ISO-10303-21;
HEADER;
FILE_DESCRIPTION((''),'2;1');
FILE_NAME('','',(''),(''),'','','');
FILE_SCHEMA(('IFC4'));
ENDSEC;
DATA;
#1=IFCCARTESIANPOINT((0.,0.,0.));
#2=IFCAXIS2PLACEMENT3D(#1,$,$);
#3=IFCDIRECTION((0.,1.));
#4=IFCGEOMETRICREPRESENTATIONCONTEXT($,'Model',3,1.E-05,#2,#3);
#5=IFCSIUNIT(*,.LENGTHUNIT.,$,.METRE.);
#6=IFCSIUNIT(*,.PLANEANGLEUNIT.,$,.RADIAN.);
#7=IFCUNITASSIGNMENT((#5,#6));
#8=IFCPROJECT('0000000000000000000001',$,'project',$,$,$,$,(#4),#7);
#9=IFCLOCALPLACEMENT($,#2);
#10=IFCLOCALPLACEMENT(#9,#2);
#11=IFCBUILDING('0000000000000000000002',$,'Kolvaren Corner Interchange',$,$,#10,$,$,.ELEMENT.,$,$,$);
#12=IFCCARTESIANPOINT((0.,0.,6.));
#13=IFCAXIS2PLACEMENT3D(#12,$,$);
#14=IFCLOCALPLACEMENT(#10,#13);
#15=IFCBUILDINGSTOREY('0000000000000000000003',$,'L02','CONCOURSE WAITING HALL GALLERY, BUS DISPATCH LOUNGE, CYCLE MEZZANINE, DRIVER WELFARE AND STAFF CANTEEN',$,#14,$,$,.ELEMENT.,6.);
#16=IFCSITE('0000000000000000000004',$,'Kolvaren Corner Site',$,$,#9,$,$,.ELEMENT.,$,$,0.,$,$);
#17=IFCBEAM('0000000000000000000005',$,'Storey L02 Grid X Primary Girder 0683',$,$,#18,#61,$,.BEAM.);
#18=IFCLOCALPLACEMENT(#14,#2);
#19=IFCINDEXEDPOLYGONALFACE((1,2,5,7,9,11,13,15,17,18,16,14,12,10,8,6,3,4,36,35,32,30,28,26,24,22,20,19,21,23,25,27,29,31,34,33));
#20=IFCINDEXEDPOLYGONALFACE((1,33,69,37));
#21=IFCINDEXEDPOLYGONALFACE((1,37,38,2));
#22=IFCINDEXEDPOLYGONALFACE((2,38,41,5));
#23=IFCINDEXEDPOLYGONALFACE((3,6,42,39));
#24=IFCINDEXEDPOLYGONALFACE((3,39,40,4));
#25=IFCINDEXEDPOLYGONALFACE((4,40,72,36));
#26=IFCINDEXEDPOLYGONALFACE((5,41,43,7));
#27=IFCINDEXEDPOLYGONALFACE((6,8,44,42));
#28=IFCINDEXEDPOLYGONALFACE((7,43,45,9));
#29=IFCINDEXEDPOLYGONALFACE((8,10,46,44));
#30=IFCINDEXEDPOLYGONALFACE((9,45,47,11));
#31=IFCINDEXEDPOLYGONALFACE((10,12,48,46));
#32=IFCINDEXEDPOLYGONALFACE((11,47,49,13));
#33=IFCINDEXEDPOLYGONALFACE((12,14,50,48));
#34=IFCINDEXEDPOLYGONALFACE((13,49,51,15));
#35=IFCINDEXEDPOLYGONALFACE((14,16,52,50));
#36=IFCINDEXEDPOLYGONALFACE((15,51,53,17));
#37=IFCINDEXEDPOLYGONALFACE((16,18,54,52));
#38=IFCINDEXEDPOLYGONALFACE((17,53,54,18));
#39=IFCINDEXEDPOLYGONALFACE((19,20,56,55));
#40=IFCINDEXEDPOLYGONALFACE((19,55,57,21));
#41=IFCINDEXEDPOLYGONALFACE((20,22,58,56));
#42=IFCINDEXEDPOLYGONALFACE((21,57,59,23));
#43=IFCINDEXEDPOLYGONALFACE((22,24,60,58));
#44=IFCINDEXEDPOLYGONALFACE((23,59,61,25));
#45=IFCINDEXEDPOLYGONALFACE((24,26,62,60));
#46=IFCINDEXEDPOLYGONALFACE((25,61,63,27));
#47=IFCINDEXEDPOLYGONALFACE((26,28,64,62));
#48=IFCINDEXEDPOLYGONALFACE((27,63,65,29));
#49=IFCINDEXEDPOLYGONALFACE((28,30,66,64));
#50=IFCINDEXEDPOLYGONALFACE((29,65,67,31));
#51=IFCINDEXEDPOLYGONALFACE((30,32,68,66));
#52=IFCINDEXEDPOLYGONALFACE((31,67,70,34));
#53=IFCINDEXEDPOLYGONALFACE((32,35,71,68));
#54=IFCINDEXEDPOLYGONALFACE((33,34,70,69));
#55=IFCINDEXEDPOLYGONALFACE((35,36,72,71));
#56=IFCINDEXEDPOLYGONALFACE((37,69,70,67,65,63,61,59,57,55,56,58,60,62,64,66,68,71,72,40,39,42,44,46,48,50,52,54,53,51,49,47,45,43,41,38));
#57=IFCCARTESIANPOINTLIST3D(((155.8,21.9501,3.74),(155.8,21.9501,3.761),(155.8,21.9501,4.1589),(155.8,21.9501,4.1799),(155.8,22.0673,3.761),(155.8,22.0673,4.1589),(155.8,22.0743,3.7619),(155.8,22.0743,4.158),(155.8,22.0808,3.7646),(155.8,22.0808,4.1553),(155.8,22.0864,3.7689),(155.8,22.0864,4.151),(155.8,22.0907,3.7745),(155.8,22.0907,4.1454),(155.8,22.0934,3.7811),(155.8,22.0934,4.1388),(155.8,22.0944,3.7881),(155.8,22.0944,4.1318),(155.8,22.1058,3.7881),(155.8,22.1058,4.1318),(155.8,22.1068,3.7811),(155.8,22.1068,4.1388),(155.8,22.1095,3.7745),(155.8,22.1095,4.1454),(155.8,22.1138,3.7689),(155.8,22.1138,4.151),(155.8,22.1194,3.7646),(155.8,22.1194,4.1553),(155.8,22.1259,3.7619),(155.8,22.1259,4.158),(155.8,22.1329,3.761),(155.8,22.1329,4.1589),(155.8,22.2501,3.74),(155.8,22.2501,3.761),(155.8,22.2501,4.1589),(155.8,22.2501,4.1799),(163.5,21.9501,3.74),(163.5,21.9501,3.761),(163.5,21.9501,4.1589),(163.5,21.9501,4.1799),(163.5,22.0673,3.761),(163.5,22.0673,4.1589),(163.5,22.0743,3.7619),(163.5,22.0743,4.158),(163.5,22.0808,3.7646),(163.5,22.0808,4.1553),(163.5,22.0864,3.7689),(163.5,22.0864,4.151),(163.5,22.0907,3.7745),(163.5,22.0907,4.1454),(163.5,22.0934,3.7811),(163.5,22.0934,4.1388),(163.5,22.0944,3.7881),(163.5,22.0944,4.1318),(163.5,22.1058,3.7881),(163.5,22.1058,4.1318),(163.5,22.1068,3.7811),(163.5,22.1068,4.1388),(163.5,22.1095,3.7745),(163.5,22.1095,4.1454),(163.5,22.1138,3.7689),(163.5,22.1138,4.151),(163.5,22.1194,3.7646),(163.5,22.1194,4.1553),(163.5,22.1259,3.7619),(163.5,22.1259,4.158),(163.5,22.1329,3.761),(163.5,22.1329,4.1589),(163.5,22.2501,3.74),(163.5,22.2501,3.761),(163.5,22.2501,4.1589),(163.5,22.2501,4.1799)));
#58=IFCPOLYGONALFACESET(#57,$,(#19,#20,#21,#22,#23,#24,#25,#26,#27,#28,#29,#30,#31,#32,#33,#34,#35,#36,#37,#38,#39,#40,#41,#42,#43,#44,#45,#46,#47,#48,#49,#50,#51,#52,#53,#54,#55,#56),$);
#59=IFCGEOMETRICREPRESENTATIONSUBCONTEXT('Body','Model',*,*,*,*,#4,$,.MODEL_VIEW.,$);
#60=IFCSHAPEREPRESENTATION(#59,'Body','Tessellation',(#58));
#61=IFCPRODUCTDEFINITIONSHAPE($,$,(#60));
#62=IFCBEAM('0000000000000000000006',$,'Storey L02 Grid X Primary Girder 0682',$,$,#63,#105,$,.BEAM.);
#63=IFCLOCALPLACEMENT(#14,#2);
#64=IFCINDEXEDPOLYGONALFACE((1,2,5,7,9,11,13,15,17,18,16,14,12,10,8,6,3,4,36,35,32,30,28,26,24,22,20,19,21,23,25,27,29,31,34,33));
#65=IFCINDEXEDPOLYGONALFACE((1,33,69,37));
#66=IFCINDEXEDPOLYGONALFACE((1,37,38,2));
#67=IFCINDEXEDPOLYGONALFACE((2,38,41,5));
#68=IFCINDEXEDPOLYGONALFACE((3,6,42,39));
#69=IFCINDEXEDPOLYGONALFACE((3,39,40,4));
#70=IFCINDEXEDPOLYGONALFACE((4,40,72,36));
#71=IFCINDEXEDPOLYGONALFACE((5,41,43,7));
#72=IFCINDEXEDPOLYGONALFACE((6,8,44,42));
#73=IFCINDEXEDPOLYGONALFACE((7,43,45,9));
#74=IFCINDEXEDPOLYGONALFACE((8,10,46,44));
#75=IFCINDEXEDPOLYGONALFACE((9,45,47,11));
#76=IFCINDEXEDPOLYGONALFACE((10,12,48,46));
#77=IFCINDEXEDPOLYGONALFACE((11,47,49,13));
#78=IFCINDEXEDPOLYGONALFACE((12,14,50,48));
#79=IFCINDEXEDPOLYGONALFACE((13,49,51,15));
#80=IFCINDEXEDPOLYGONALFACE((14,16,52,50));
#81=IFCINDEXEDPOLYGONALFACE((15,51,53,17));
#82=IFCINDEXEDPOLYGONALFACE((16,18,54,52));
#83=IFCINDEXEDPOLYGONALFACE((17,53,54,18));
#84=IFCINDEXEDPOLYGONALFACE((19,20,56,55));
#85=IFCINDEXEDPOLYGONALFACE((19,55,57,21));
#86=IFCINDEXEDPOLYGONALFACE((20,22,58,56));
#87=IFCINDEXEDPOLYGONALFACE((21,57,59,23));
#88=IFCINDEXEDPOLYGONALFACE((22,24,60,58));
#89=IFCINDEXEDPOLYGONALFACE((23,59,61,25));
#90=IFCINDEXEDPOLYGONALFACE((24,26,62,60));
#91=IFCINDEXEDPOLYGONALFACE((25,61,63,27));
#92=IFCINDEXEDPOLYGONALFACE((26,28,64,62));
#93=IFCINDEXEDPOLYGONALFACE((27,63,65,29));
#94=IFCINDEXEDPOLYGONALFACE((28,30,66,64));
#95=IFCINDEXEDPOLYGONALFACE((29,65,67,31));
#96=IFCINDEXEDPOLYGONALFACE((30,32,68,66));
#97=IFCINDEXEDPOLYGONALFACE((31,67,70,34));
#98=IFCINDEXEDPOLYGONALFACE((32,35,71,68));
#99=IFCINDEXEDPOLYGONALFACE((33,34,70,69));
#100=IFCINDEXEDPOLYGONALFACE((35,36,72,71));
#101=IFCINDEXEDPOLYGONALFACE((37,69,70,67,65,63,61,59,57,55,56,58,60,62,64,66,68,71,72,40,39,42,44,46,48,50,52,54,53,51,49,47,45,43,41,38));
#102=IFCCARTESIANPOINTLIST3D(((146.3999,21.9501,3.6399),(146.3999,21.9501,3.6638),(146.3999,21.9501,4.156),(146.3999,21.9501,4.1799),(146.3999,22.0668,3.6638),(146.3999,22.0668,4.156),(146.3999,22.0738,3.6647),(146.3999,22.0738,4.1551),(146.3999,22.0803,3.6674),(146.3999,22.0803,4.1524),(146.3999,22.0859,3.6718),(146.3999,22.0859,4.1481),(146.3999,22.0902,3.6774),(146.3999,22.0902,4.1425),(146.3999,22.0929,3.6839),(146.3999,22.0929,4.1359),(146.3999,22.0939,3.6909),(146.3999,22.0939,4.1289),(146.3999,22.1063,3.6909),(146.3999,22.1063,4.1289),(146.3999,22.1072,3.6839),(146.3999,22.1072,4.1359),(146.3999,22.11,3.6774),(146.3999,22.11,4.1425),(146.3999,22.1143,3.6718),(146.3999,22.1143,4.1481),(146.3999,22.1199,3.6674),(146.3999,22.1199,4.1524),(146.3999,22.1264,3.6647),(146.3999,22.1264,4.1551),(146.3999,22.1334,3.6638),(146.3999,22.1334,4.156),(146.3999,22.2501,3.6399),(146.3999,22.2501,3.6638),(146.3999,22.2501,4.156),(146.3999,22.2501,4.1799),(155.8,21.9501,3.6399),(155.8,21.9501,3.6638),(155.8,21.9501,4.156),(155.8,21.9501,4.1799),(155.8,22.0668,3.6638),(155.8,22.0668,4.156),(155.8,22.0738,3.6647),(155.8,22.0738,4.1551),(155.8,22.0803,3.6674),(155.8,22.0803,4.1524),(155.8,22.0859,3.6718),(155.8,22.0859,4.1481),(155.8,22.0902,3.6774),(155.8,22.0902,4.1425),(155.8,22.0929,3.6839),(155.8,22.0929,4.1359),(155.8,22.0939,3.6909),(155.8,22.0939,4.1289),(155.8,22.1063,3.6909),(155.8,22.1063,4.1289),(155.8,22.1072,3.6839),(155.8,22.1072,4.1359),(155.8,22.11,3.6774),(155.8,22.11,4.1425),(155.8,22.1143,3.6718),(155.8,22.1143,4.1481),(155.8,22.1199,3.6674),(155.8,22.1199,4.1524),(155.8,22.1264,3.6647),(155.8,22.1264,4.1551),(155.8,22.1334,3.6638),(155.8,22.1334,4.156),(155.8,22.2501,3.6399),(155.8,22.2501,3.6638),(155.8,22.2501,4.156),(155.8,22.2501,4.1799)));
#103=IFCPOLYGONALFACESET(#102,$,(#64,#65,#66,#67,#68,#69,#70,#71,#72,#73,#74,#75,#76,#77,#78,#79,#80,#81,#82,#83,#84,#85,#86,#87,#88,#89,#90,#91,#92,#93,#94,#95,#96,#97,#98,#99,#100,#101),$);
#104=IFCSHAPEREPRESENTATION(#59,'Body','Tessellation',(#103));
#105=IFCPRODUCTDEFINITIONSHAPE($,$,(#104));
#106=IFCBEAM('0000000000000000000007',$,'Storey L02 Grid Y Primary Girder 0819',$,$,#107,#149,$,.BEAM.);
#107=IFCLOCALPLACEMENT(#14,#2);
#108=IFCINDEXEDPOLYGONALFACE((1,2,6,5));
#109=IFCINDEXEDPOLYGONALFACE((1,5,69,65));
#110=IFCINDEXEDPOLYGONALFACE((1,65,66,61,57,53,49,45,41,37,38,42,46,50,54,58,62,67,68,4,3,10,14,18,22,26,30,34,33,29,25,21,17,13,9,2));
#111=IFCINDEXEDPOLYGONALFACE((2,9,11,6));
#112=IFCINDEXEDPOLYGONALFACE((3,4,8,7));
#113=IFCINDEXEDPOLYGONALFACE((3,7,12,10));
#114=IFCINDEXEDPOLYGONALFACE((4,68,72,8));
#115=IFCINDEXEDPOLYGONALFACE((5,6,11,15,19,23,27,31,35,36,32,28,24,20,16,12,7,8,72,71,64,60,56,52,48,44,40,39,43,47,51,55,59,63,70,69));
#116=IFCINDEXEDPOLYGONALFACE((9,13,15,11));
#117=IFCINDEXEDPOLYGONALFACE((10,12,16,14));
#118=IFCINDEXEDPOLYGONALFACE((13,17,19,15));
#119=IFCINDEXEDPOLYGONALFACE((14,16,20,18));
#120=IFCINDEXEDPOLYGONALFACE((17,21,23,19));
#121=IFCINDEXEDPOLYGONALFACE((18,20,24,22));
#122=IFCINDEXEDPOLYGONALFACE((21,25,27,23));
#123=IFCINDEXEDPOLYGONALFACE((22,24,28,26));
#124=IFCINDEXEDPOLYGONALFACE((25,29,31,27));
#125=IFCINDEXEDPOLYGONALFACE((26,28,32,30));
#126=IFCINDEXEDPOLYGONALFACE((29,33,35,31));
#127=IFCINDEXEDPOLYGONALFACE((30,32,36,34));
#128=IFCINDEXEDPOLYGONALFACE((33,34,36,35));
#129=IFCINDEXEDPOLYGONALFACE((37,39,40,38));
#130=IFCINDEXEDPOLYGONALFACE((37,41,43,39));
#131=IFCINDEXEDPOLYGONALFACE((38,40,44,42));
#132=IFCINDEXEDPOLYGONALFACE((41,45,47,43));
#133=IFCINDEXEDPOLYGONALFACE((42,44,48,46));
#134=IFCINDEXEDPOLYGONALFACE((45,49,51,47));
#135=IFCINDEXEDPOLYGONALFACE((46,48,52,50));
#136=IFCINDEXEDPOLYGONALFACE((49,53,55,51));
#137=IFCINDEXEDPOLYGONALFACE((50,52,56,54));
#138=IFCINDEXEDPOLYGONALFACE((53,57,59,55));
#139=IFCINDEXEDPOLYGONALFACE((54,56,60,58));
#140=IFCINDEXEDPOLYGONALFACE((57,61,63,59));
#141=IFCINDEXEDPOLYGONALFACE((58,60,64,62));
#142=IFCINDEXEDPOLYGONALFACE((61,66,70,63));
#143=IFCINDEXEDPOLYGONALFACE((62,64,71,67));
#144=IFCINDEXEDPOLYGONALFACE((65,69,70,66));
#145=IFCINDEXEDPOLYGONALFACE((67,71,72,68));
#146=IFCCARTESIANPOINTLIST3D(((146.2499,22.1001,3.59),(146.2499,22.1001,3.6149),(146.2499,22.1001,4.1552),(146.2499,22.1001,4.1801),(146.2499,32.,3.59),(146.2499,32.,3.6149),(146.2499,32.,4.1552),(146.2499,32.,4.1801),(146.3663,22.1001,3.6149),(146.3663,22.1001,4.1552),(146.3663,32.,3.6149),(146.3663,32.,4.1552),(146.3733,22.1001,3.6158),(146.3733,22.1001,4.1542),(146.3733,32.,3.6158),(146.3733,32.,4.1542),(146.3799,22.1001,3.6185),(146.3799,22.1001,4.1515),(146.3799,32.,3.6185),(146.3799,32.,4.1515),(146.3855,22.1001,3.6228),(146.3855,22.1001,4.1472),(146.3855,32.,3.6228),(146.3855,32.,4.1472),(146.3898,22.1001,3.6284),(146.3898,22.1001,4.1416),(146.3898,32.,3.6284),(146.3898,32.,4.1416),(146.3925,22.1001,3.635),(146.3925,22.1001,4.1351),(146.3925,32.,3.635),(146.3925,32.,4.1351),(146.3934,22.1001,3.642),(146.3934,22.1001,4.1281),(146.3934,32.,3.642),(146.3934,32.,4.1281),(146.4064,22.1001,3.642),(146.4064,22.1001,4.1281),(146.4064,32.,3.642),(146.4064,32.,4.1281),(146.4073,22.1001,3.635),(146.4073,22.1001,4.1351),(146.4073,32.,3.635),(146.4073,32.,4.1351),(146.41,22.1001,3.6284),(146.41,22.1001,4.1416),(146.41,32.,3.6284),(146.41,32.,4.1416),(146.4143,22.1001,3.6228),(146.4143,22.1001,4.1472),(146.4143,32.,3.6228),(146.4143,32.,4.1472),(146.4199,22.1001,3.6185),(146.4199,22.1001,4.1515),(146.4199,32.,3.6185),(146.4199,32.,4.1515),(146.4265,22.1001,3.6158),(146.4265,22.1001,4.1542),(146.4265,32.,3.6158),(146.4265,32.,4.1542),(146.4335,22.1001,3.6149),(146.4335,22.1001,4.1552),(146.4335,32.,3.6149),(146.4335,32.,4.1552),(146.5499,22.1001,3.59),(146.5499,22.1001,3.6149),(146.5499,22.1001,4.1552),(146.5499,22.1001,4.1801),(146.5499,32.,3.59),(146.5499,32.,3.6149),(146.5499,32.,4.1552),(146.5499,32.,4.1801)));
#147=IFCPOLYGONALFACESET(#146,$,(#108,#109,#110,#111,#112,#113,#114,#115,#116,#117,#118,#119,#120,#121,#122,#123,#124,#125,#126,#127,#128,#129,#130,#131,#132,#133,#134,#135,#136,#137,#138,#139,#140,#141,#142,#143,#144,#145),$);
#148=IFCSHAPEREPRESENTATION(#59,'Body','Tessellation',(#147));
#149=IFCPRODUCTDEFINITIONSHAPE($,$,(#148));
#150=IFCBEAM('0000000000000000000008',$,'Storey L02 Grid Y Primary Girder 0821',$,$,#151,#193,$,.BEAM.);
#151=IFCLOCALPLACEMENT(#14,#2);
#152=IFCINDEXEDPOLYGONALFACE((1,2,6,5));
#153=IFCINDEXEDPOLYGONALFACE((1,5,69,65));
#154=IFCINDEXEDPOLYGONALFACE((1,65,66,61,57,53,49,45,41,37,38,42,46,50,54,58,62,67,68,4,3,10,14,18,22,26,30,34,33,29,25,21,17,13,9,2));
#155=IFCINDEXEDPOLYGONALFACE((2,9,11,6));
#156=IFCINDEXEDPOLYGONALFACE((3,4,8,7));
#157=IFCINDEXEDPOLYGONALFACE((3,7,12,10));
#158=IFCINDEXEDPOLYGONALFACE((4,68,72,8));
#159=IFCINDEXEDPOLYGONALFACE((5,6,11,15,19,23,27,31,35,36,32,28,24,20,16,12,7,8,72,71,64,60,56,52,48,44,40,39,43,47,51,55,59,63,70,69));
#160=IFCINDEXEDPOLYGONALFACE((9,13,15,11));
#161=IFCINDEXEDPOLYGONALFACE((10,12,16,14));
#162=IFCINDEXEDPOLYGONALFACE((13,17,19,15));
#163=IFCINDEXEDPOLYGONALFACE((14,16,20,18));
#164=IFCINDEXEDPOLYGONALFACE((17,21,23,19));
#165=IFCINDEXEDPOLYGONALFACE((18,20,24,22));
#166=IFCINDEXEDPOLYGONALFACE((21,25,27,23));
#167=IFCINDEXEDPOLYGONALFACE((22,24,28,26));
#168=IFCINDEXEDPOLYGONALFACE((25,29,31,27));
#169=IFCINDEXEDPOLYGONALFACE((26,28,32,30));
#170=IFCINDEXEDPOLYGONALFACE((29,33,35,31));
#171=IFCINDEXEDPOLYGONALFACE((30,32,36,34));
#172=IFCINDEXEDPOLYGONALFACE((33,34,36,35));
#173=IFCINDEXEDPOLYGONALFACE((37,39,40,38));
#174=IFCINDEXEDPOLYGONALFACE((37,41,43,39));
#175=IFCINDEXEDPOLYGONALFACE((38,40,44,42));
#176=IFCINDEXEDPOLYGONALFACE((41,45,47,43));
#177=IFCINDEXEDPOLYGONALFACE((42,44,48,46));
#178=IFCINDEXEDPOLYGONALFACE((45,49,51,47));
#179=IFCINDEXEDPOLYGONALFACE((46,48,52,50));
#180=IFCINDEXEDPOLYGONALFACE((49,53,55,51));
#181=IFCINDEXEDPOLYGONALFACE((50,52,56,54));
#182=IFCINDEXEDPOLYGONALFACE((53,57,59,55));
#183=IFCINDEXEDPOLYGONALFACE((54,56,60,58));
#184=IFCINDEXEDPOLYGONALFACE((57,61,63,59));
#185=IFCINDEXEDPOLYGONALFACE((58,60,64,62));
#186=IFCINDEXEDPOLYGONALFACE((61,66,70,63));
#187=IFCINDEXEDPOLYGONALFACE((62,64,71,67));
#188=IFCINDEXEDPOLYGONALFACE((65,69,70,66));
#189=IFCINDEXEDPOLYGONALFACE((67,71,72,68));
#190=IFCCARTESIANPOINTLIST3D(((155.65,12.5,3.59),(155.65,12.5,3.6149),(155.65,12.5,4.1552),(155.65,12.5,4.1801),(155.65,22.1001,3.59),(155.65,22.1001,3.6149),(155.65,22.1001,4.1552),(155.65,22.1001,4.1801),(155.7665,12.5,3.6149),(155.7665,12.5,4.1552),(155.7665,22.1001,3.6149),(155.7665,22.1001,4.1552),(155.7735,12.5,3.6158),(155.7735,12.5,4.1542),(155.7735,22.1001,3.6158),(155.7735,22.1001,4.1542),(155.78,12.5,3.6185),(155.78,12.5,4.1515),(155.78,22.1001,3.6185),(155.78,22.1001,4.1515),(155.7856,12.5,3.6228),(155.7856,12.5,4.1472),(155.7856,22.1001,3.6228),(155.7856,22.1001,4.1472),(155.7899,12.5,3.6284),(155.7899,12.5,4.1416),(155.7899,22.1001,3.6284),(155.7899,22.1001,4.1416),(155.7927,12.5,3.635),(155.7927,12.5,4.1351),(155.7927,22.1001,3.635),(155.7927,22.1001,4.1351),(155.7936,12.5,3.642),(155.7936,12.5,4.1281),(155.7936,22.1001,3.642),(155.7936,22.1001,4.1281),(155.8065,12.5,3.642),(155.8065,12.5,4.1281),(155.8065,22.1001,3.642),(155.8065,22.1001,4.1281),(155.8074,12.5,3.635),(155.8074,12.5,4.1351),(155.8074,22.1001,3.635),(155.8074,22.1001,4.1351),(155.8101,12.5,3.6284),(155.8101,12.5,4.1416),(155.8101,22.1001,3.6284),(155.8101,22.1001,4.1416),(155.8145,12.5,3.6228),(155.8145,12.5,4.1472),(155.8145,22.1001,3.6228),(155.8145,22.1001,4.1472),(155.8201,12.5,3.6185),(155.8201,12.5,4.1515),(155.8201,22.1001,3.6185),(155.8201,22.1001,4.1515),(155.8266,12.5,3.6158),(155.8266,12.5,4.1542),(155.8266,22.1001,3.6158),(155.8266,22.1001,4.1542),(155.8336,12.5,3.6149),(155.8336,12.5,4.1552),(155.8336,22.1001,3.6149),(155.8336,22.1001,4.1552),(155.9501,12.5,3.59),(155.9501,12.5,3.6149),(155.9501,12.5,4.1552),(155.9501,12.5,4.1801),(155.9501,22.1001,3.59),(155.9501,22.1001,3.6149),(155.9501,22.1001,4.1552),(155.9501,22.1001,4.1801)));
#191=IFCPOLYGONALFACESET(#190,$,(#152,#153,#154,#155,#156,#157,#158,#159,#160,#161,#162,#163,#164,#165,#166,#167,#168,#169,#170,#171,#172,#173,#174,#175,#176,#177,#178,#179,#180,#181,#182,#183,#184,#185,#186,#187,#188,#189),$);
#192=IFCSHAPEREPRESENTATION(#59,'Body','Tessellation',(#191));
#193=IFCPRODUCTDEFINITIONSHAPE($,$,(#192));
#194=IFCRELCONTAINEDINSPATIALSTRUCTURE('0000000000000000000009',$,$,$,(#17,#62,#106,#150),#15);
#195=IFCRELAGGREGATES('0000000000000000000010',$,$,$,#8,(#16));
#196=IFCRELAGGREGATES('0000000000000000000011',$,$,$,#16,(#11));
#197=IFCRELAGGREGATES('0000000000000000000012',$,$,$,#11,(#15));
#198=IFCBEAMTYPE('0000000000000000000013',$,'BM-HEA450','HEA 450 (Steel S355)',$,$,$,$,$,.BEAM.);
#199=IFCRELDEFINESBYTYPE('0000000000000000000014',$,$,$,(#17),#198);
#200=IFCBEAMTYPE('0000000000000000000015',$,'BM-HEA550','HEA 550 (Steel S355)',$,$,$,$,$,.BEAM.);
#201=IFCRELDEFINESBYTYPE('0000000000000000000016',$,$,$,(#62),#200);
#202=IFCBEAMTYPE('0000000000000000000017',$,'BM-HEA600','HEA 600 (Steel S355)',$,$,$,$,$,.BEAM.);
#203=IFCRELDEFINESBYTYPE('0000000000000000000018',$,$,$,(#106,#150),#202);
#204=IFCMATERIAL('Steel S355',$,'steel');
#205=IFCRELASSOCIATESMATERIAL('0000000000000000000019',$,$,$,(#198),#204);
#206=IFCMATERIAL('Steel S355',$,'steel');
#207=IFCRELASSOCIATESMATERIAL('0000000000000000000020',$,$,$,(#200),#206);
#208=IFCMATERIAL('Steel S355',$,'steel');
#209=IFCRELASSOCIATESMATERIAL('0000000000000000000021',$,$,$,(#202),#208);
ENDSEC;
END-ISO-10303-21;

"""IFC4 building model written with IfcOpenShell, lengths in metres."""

from ifc_helpers import new_model, si_unit, direction, frame, origin, origin_2d, place, context, subcontext, project, spatial, i_section, extrude, material, material_profile, profile_set, type_object, element, save


model = new_model("IFC4")

# Units and contexts
model_context = context("Model", 3, precision=1e-05, world=origin(), true_north=direction((0.0, 1.0)))
body_context = subcontext(model_context, "Body", "Model", "MODEL_VIEW")
ifc_project = project(units=[si_unit("LENGTHUNIT", "METRE"), si_unit("PLANEANGLEUNIT", "RADIAN")], contexts=[model_context])

# Site, building, storey
site_placement = place(None, origin())
site = spatial("IfcSite", under=ifc_project, at=site_placement, Name="Kolvaren Corner Site", CompositionType="ELEMENT", RefElevation=0.0)
building_placement = place(site_placement, origin())
building = spatial("IfcBuilding", under=site, at=building_placement, Name="Kolvaren Corner Interchange", CompositionType="ELEMENT")
storey_placement = place(building_placement, frame((0.0, 0.0, 6.0)))
storey = spatial("IfcBuildingStorey", under=building, at=storey_placement, Name="L02", Description="CONCOURSE WAITING HALL GALLERY, BUS DISPATCH LOUNGE, CYCLE MEZZANINE, DRIVER WELFARE AND STAFF CANTEEN", CompositionType="ELEMENT", Elevation=6.0)

# Beams
ifc_material_1 = material(Name="Steel S355", Category="steel")
ifc_material_profile_1 = material_profile(ifc_material_1, i_section(OverallWidth=0.3, OverallDepth=0.4399, WebThickness=0.0115, FlangeThickness=0.021, FilletRadius=0.0271, at=origin_2d()), Name="HEA 450")
ifc_profile_set_1 = profile_set([ifc_material_profile_1], Name="Steel S355")
beam_type_1 = type_object("IfcBeamType", Name="BM-HEA450", Description="HEA 450 (Steel S355)", PredefinedType="BEAM", material=ifc_profile_set_1)
for number, where, z_axis, x_axis, name in (
    (1, (155.8, 22.1001, 3.96), (1.0, 0.0, 0.0), (0.0, 1.0, 0.0), "Storey L02 Grid X Primary Girder 0683"),
):
    element("IfcBeam", number, at=place(storey_placement, frame(where, z_axis=z_axis, x_axis=x_axis)), inside=storey, type_object=beam_type_1, Name=name, PredefinedType="BEAM", context=body_context, shape_type="SweptSolid", body=[
        extrude(i_section(OverallWidth=0.3, OverallDepth=0.4399, WebThickness=0.0115, FlangeThickness=0.021, FilletRadius=0.0271, at=origin_2d()), origin(), (0.0, 0.0, 1.0), 7.7),
    ])
ifc_material_2 = material(Name="Steel S355", Category="steel")
ifc_material_profile_2 = material_profile(ifc_material_2, i_section(OverallWidth=0.3, OverallDepth=0.54, WebThickness=0.0125, FlangeThickness=0.0239, FilletRadius=0.0271, at=origin_2d()), Name="HEA 550")
ifc_profile_set_2 = profile_set([ifc_material_profile_2], Name="Steel S355")
beam_type_2 = type_object("IfcBeamType", Name="BM-HEA550", Description="HEA 550 (Steel S355)", PredefinedType="BEAM", material=ifc_profile_set_2)
beam_1_placement = place(storey_placement, frame((146.3999, 22.1001, 3.9099), z_axis=(1.0, 0.0, 0.0), x_axis=(0.0, 1.0, 0.0)))
element("IfcBeam", 2, at=beam_1_placement, inside=storey, type_object=beam_type_2, Name="Storey L02 Grid X Primary Girder 0682", PredefinedType="BEAM", context=body_context, shape_type="SweptSolid", body=[
    extrude(i_section(OverallWidth=0.3, OverallDepth=0.54, WebThickness=0.0125, FlangeThickness=0.0239, FilletRadius=0.0271, at=origin_2d()), origin(), (0.0, 0.0, 1.0), 9.4001),
])
ifc_material_3 = material(Name="Steel S355", Category="steel")
ifc_material_profile_3 = material_profile(ifc_material_3, i_section(OverallWidth=0.3, OverallDepth=0.5901, WebThickness=0.0129, FlangeThickness=0.0249, FilletRadius=0.0271, at=origin_2d()), Name="HEA 600")
ifc_profile_set_3 = profile_set([ifc_material_profile_3], Name="Steel S355")
beam_type_3 = type_object("IfcBeamType", Name="BM-HEA600", Description="HEA 600 (Steel S355)", PredefinedType="BEAM", material=ifc_profile_set_3)
beam_2_placement = place(storey_placement, frame((146.3999, 22.1001, 3.885), z_axis=(0.0, 1.0, 0.0), x_axis=(-1.0, 0.0, 0.0)))
element("IfcBeam", 3, at=beam_2_placement, inside=storey, type_object=beam_type_3, Name="Storey L02 Grid Y Primary Girder 0819", PredefinedType="BEAM", context=body_context, shape_type="SweptSolid", body=[
    extrude(i_section(OverallWidth=0.3, OverallDepth=0.5901, WebThickness=0.0129, FlangeThickness=0.0249, FilletRadius=0.0271, at=origin_2d()), origin(), (0.0, 0.0, 1.0), 9.8999),
])
beam_3_placement = place(storey_placement, frame((155.8, 12.5, 3.885), z_axis=(0.0, 1.0, 0.0), x_axis=(-1.0, 0.0, 0.0)))
element("IfcBeam", 4, at=beam_3_placement, inside=storey, type_object=beam_type_3, Name="Storey L02 Grid Y Primary Girder 0821", PredefinedType="BEAM", context=body_context, shape_type="SweptSolid", body=[
    extrude(i_section(OverallWidth=0.3, OverallDepth=0.5901, WebThickness=0.0129, FlangeThickness=0.0249, FilletRadius=0.0271, at=origin_2d()), origin(), (0.0, 0.0, 1.0), 9.6001),
])

save(model, "model.ifc")
